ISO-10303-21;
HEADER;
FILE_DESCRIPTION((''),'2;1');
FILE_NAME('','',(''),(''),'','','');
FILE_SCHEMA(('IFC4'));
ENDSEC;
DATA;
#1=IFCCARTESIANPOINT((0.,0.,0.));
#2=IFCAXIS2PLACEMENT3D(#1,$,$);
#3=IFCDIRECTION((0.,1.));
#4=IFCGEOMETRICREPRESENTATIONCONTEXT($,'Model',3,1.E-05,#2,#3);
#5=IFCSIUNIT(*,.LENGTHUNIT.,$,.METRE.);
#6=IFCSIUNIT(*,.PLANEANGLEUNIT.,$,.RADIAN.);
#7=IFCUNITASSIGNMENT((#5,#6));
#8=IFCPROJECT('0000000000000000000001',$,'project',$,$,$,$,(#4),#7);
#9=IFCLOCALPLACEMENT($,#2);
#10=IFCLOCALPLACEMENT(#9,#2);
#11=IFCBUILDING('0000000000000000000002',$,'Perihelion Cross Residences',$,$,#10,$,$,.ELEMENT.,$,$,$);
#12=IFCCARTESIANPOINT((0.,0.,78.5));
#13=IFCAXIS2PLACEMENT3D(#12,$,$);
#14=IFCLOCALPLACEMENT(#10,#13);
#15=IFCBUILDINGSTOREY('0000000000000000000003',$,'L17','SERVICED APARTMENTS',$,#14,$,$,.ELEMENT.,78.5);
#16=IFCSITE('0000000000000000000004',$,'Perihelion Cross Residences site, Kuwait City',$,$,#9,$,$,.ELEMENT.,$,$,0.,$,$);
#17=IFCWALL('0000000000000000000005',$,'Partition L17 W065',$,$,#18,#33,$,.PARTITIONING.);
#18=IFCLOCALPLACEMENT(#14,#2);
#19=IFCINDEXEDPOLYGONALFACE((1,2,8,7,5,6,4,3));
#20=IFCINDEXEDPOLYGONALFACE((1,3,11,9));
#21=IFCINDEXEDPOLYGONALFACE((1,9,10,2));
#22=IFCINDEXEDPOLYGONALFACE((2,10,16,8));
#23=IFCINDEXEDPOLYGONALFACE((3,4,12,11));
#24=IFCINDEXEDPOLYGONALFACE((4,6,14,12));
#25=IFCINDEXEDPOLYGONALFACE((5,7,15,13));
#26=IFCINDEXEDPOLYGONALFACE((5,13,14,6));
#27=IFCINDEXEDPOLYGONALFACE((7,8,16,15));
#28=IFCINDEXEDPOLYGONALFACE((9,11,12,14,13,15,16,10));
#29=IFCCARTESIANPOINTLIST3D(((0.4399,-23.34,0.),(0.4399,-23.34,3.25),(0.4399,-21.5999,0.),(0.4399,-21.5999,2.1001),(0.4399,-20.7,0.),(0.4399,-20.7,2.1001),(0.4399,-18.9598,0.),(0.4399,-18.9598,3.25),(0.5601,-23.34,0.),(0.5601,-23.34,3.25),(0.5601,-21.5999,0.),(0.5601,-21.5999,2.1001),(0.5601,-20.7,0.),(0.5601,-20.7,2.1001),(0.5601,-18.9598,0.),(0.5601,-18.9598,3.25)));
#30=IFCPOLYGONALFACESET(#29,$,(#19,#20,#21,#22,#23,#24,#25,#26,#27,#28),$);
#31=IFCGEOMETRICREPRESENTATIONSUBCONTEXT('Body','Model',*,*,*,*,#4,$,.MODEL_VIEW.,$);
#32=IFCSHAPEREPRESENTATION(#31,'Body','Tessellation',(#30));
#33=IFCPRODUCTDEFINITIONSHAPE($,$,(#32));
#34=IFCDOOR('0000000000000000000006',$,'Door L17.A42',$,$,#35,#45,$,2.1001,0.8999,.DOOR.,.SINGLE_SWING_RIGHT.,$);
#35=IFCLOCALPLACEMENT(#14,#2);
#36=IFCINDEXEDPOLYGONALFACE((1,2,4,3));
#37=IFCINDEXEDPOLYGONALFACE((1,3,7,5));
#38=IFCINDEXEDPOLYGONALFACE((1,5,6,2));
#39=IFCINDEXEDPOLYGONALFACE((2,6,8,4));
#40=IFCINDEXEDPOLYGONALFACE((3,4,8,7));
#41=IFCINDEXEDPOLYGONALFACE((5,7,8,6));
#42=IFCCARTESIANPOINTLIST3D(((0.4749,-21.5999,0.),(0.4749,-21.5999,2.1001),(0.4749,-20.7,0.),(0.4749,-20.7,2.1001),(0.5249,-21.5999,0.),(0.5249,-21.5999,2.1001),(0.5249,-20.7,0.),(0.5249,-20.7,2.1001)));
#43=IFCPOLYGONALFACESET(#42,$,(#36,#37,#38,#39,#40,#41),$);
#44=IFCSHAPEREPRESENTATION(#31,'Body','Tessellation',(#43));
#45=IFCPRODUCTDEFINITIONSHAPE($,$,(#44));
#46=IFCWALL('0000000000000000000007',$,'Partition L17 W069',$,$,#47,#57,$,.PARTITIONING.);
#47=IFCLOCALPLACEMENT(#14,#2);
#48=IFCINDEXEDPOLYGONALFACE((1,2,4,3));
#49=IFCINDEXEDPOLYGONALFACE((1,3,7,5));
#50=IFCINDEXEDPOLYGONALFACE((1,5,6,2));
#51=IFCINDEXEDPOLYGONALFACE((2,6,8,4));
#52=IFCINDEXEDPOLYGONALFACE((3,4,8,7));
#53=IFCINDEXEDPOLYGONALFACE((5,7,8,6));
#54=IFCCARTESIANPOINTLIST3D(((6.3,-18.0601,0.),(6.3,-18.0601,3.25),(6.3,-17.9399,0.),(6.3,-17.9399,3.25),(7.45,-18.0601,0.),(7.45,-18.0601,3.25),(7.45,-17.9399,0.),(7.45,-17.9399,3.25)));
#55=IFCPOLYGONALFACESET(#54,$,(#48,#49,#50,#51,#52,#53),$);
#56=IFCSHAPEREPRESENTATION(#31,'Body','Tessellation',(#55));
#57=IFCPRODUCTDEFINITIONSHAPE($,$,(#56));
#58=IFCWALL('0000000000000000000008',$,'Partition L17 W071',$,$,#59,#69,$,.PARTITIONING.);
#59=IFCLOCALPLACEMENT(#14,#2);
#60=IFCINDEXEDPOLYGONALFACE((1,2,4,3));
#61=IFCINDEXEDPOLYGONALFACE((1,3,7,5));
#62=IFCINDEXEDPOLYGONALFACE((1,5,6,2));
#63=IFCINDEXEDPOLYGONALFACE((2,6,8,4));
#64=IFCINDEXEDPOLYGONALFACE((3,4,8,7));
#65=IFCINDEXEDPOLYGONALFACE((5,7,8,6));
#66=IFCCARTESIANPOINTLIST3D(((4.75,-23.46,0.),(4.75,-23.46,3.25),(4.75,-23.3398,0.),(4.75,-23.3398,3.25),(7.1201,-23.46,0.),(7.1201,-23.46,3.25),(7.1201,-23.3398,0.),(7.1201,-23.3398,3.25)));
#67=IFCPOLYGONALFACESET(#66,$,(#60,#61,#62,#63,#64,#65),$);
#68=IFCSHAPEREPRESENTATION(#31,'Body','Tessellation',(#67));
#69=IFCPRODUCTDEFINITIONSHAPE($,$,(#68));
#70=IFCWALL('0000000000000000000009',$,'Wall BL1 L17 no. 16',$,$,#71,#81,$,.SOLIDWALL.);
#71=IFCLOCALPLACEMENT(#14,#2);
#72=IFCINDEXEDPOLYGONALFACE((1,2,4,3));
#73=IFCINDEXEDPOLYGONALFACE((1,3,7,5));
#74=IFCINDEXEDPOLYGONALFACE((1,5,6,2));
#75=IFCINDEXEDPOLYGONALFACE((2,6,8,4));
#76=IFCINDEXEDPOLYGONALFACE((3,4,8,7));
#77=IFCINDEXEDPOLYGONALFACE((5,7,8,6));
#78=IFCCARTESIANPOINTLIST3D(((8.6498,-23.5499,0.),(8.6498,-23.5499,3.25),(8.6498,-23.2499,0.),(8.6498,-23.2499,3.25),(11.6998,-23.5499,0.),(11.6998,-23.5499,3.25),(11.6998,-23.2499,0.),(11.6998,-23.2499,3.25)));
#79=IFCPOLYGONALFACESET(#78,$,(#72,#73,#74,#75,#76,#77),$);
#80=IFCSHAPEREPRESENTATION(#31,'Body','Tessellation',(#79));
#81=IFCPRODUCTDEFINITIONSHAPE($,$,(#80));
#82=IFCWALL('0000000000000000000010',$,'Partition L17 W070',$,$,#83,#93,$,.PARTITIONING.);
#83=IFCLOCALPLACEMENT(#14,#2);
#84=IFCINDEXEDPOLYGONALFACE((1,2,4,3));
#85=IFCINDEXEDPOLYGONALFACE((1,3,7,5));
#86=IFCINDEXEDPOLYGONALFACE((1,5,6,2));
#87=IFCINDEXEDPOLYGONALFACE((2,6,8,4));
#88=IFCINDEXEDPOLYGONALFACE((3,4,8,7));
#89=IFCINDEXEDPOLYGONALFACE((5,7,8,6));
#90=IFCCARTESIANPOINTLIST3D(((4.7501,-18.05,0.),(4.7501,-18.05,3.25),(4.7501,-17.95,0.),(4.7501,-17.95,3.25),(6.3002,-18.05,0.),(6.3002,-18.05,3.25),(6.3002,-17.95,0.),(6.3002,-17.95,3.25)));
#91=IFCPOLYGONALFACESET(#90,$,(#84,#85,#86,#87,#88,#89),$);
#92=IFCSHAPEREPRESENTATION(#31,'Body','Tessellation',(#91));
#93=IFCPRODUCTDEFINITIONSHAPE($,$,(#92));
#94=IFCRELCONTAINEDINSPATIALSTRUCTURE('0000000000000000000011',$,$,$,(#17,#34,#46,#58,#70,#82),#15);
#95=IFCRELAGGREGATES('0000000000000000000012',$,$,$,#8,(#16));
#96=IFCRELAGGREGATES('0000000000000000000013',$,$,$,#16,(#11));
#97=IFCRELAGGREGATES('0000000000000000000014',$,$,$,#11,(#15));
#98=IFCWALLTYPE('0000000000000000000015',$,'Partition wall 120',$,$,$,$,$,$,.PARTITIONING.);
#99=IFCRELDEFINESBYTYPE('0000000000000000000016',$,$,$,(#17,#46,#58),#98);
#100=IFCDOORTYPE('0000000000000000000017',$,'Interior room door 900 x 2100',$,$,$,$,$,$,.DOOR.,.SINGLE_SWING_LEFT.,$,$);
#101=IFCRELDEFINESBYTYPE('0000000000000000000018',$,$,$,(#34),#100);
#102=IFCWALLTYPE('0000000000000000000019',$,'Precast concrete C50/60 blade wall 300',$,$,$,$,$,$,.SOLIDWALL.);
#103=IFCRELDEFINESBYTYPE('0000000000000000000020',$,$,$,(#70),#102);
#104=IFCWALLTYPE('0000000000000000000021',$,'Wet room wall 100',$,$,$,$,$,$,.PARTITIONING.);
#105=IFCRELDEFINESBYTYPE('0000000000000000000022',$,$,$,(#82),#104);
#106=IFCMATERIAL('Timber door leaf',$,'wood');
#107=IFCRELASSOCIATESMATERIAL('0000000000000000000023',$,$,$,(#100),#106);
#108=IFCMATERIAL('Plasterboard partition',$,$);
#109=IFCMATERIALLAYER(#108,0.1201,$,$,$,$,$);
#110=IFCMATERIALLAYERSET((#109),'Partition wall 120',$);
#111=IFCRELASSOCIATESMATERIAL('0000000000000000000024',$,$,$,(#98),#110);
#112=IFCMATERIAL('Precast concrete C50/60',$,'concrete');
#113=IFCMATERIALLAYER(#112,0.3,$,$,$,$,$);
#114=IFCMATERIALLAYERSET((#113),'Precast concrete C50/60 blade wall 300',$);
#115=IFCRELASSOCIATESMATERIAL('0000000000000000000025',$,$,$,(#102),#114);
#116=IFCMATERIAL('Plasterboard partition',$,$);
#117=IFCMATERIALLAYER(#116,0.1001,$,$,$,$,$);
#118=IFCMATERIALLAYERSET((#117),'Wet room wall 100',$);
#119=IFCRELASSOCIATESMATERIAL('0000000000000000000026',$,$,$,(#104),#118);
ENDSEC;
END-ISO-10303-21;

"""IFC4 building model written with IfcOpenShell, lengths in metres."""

from ifc_helpers import new_model, si_unit, direction, frame, frame_2d, origin, place, context, subcontext, project, spatial, rectangle, extrude, material, layer, layer_set, type_object, element, fill, save


model = new_model("IFC4")

# Units and contexts
model_context = context("Model", 3, precision=1e-05, world=origin(), true_north=direction((0.0, 1.0)))
body_context = subcontext(model_context, "Body", "Model", "MODEL_VIEW")
ifc_project = project(units=[si_unit("LENGTHUNIT", "METRE"), si_unit("PLANEANGLEUNIT", "RADIAN")], contexts=[model_context])

# Site, building, storey
site_placement = place(None, origin())
site = spatial("IfcSite", under=ifc_project, at=site_placement, Name="Perihelion Cross Residences site, Kuwait City", CompositionType="ELEMENT", RefElevation=0.0)
building_placement = place(site_placement, origin())
building = spatial("IfcBuilding", under=site, at=building_placement, Name="Perihelion Cross Residences", CompositionType="ELEMENT")
storey_placement = place(building_placement, frame((0.0, 0.0, 78.5)))
storey = spatial("IfcBuildingStorey", under=building, at=storey_placement, Name="L17", Description="SERVICED APARTMENTS", CompositionType="ELEMENT", Elevation=78.5)

# Wall, opening, door
ifc_material_1 = material(Name="Timber door leaf", Category="wood")
door_type_1 = type_object("IfcDoorType", Name="Interior room door 900 x 2100", OperationType="SINGLE_SWING_LEFT", PredefinedType="DOOR", material=ifc_material_1)
ifc_material_2 = material(Name="Plasterboard partition")
ifc_layer_1 = layer(ifc_material_2, 0.1201)
ifc_layer_set_1 = layer_set([ifc_layer_1], Name="Partition wall 120")
wall_type_1 = type_object("IfcWallType", Name="Partition wall 120", PredefinedType="PARTITIONING", material=ifc_layer_set_1)
wall_1_placement = place(storey_placement, frame((0.5, -18.96, 0.0), z_axis=(0.0, 0.0, 1.0), x_axis=(0.0, -1.0, 0.0)))
wall_1 = element("IfcWall", 1, at=wall_1_placement, inside=storey, type_object=wall_type_1, Name="Partition L17 W065", PredefinedType="PARTITIONING", context=body_context, shape_type="SweptSolid", body=[
    extrude(rectangle(XDim=4.3801, YDim=0.1201, at=frame_2d((2.1899, 0.0))), origin(), (0.0, 0.0, 1.0), 3.25),
])
opening_1_placement = place(wall_1_placement, frame((1.74, 0.0, 0.0)))
opening_1 = element("IfcOpeningElement", 2, at=opening_1_placement, cuts=wall_1, PredefinedType="OPENING", context=body_context, shape_type="SweptSolid", body=[
    extrude(rectangle(XDim=0.8999, YDim=2.1001, at=frame_2d((0.45, 1.05))), frame((0.0, 0.0701, 0.0), z_axis=(0.0, -1.0, 0.0), x_axis=(1.0, 0.0, 0.0)), (0.0, 0.0, 1.0), 0.1401),
])
door_1_placement = place(opening_1_placement, origin())
door_1 = element("IfcDoor", 3, at=door_1_placement, inside=storey, type_object=door_type_1, Name="Door L17.A42", OperationType="SINGLE_SWING_RIGHT", OverallHeight=2.1001, OverallWidth=0.8999, PredefinedType="DOOR", context=body_context, shape_type="SweptSolid", body=[
    extrude(rectangle(XDim=0.8999, YDim=2.1001, at=frame_2d((0.45, 1.05))), frame((0.0, 0.0249, 0.0), z_axis=(0.0, -1.0, 0.0), x_axis=(1.0, 0.0, 0.0)), (0.0, 0.0, 1.0), 0.05),
])
fill(opening_1, door_1)

# Walls
wall_2_placement = place(storey_placement, frame((7.45, -18.0, 0.0), z_axis=(0.0, 0.0, 1.0), x_axis=(-1.0, 0.0, 0.0)))
element("IfcWall", 4, at=wall_2_placement, inside=storey, type_object=wall_type_1, Name="Partition L17 W069", PredefinedType="PARTITIONING", context=body_context, shape_type="SweptSolid", body=[
    extrude(rectangle(XDim=1.1499, YDim=0.1201, at=frame_2d((0.575, 0.0))), origin(), (0.0, 0.0, 1.0), 3.25),
])
wall_3_placement = place(storey_placement, frame((7.1201, -23.3999, 0.0), z_axis=(0.0, 0.0, 1.0), x_axis=(-1.0, 0.0, 0.0)))
element("IfcWall", 5, at=wall_3_placement, inside=storey, type_object=wall_type_1, Name="Partition L17 W071", PredefinedType="PARTITIONING", context=body_context, shape_type="SweptSolid", body=[
    extrude(rectangle(XDim=2.3701, YDim=0.1201, at=frame_2d((1.1851, 0.0))), origin(), (0.0, 0.0, 1.0), 3.25),
])
ifc_material_3 = material(Name="Precast concrete C50/60", Category="concrete")
ifc_layer_2 = layer(ifc_material_3, 0.3)
ifc_layer_set_2 = layer_set([ifc_layer_2], Name="Precast concrete C50/60 blade wall 300")
wall_type_2 = type_object("IfcWallType", Name="Precast concrete C50/60 blade wall 300", PredefinedType="SOLIDWALL", material=ifc_layer_set_2)
wall_4_placement = place(storey_placement, frame((8.6499, -23.3999, 0.0), z_axis=(0.0, 0.0, 1.0), x_axis=(1.0, 0.0, 0.0)))
element("IfcWall", 6, at=wall_4_placement, inside=storey, type_object=wall_type_2, Name="Wall BL1 L17 no. 16", PredefinedType="SOLIDWALL", context=body_context, shape_type="SweptSolid", body=[
    extrude(rectangle(XDim=3.05, YDim=0.3, at=frame_2d((1.5249, 0.0))), origin(), (0.0, 0.0, 1.0), 3.25),
])
ifc_material_4 = material(Name="Plasterboard partition")
ifc_layer_3 = layer(ifc_material_4, 0.1001)
ifc_layer_set_3 = layer_set([ifc_layer_3], Name="Wet room wall 100")
wall_type_3 = type_object("IfcWallType", Name="Wet room wall 100", PredefinedType="PARTITIONING", material=ifc_layer_set_3)
wall_5_placement = place(storey_placement, frame((6.3, -18.0, 0.0), z_axis=(0.0, 0.0, 1.0), x_axis=(-1.0, 0.0, 0.0)))
element("IfcWall", 7, at=wall_5_placement, inside=storey, type_object=wall_type_3, Name="Partition L17 W070", PredefinedType="PARTITIONING", context=body_context, shape_type="SweptSolid", body=[
    extrude(rectangle(XDim=1.55, YDim=0.1001, at=frame_2d((0.7749, 0.0))), origin(), (0.0, 0.0, 1.0), 3.25),
])

save(model, "model.ifc")
